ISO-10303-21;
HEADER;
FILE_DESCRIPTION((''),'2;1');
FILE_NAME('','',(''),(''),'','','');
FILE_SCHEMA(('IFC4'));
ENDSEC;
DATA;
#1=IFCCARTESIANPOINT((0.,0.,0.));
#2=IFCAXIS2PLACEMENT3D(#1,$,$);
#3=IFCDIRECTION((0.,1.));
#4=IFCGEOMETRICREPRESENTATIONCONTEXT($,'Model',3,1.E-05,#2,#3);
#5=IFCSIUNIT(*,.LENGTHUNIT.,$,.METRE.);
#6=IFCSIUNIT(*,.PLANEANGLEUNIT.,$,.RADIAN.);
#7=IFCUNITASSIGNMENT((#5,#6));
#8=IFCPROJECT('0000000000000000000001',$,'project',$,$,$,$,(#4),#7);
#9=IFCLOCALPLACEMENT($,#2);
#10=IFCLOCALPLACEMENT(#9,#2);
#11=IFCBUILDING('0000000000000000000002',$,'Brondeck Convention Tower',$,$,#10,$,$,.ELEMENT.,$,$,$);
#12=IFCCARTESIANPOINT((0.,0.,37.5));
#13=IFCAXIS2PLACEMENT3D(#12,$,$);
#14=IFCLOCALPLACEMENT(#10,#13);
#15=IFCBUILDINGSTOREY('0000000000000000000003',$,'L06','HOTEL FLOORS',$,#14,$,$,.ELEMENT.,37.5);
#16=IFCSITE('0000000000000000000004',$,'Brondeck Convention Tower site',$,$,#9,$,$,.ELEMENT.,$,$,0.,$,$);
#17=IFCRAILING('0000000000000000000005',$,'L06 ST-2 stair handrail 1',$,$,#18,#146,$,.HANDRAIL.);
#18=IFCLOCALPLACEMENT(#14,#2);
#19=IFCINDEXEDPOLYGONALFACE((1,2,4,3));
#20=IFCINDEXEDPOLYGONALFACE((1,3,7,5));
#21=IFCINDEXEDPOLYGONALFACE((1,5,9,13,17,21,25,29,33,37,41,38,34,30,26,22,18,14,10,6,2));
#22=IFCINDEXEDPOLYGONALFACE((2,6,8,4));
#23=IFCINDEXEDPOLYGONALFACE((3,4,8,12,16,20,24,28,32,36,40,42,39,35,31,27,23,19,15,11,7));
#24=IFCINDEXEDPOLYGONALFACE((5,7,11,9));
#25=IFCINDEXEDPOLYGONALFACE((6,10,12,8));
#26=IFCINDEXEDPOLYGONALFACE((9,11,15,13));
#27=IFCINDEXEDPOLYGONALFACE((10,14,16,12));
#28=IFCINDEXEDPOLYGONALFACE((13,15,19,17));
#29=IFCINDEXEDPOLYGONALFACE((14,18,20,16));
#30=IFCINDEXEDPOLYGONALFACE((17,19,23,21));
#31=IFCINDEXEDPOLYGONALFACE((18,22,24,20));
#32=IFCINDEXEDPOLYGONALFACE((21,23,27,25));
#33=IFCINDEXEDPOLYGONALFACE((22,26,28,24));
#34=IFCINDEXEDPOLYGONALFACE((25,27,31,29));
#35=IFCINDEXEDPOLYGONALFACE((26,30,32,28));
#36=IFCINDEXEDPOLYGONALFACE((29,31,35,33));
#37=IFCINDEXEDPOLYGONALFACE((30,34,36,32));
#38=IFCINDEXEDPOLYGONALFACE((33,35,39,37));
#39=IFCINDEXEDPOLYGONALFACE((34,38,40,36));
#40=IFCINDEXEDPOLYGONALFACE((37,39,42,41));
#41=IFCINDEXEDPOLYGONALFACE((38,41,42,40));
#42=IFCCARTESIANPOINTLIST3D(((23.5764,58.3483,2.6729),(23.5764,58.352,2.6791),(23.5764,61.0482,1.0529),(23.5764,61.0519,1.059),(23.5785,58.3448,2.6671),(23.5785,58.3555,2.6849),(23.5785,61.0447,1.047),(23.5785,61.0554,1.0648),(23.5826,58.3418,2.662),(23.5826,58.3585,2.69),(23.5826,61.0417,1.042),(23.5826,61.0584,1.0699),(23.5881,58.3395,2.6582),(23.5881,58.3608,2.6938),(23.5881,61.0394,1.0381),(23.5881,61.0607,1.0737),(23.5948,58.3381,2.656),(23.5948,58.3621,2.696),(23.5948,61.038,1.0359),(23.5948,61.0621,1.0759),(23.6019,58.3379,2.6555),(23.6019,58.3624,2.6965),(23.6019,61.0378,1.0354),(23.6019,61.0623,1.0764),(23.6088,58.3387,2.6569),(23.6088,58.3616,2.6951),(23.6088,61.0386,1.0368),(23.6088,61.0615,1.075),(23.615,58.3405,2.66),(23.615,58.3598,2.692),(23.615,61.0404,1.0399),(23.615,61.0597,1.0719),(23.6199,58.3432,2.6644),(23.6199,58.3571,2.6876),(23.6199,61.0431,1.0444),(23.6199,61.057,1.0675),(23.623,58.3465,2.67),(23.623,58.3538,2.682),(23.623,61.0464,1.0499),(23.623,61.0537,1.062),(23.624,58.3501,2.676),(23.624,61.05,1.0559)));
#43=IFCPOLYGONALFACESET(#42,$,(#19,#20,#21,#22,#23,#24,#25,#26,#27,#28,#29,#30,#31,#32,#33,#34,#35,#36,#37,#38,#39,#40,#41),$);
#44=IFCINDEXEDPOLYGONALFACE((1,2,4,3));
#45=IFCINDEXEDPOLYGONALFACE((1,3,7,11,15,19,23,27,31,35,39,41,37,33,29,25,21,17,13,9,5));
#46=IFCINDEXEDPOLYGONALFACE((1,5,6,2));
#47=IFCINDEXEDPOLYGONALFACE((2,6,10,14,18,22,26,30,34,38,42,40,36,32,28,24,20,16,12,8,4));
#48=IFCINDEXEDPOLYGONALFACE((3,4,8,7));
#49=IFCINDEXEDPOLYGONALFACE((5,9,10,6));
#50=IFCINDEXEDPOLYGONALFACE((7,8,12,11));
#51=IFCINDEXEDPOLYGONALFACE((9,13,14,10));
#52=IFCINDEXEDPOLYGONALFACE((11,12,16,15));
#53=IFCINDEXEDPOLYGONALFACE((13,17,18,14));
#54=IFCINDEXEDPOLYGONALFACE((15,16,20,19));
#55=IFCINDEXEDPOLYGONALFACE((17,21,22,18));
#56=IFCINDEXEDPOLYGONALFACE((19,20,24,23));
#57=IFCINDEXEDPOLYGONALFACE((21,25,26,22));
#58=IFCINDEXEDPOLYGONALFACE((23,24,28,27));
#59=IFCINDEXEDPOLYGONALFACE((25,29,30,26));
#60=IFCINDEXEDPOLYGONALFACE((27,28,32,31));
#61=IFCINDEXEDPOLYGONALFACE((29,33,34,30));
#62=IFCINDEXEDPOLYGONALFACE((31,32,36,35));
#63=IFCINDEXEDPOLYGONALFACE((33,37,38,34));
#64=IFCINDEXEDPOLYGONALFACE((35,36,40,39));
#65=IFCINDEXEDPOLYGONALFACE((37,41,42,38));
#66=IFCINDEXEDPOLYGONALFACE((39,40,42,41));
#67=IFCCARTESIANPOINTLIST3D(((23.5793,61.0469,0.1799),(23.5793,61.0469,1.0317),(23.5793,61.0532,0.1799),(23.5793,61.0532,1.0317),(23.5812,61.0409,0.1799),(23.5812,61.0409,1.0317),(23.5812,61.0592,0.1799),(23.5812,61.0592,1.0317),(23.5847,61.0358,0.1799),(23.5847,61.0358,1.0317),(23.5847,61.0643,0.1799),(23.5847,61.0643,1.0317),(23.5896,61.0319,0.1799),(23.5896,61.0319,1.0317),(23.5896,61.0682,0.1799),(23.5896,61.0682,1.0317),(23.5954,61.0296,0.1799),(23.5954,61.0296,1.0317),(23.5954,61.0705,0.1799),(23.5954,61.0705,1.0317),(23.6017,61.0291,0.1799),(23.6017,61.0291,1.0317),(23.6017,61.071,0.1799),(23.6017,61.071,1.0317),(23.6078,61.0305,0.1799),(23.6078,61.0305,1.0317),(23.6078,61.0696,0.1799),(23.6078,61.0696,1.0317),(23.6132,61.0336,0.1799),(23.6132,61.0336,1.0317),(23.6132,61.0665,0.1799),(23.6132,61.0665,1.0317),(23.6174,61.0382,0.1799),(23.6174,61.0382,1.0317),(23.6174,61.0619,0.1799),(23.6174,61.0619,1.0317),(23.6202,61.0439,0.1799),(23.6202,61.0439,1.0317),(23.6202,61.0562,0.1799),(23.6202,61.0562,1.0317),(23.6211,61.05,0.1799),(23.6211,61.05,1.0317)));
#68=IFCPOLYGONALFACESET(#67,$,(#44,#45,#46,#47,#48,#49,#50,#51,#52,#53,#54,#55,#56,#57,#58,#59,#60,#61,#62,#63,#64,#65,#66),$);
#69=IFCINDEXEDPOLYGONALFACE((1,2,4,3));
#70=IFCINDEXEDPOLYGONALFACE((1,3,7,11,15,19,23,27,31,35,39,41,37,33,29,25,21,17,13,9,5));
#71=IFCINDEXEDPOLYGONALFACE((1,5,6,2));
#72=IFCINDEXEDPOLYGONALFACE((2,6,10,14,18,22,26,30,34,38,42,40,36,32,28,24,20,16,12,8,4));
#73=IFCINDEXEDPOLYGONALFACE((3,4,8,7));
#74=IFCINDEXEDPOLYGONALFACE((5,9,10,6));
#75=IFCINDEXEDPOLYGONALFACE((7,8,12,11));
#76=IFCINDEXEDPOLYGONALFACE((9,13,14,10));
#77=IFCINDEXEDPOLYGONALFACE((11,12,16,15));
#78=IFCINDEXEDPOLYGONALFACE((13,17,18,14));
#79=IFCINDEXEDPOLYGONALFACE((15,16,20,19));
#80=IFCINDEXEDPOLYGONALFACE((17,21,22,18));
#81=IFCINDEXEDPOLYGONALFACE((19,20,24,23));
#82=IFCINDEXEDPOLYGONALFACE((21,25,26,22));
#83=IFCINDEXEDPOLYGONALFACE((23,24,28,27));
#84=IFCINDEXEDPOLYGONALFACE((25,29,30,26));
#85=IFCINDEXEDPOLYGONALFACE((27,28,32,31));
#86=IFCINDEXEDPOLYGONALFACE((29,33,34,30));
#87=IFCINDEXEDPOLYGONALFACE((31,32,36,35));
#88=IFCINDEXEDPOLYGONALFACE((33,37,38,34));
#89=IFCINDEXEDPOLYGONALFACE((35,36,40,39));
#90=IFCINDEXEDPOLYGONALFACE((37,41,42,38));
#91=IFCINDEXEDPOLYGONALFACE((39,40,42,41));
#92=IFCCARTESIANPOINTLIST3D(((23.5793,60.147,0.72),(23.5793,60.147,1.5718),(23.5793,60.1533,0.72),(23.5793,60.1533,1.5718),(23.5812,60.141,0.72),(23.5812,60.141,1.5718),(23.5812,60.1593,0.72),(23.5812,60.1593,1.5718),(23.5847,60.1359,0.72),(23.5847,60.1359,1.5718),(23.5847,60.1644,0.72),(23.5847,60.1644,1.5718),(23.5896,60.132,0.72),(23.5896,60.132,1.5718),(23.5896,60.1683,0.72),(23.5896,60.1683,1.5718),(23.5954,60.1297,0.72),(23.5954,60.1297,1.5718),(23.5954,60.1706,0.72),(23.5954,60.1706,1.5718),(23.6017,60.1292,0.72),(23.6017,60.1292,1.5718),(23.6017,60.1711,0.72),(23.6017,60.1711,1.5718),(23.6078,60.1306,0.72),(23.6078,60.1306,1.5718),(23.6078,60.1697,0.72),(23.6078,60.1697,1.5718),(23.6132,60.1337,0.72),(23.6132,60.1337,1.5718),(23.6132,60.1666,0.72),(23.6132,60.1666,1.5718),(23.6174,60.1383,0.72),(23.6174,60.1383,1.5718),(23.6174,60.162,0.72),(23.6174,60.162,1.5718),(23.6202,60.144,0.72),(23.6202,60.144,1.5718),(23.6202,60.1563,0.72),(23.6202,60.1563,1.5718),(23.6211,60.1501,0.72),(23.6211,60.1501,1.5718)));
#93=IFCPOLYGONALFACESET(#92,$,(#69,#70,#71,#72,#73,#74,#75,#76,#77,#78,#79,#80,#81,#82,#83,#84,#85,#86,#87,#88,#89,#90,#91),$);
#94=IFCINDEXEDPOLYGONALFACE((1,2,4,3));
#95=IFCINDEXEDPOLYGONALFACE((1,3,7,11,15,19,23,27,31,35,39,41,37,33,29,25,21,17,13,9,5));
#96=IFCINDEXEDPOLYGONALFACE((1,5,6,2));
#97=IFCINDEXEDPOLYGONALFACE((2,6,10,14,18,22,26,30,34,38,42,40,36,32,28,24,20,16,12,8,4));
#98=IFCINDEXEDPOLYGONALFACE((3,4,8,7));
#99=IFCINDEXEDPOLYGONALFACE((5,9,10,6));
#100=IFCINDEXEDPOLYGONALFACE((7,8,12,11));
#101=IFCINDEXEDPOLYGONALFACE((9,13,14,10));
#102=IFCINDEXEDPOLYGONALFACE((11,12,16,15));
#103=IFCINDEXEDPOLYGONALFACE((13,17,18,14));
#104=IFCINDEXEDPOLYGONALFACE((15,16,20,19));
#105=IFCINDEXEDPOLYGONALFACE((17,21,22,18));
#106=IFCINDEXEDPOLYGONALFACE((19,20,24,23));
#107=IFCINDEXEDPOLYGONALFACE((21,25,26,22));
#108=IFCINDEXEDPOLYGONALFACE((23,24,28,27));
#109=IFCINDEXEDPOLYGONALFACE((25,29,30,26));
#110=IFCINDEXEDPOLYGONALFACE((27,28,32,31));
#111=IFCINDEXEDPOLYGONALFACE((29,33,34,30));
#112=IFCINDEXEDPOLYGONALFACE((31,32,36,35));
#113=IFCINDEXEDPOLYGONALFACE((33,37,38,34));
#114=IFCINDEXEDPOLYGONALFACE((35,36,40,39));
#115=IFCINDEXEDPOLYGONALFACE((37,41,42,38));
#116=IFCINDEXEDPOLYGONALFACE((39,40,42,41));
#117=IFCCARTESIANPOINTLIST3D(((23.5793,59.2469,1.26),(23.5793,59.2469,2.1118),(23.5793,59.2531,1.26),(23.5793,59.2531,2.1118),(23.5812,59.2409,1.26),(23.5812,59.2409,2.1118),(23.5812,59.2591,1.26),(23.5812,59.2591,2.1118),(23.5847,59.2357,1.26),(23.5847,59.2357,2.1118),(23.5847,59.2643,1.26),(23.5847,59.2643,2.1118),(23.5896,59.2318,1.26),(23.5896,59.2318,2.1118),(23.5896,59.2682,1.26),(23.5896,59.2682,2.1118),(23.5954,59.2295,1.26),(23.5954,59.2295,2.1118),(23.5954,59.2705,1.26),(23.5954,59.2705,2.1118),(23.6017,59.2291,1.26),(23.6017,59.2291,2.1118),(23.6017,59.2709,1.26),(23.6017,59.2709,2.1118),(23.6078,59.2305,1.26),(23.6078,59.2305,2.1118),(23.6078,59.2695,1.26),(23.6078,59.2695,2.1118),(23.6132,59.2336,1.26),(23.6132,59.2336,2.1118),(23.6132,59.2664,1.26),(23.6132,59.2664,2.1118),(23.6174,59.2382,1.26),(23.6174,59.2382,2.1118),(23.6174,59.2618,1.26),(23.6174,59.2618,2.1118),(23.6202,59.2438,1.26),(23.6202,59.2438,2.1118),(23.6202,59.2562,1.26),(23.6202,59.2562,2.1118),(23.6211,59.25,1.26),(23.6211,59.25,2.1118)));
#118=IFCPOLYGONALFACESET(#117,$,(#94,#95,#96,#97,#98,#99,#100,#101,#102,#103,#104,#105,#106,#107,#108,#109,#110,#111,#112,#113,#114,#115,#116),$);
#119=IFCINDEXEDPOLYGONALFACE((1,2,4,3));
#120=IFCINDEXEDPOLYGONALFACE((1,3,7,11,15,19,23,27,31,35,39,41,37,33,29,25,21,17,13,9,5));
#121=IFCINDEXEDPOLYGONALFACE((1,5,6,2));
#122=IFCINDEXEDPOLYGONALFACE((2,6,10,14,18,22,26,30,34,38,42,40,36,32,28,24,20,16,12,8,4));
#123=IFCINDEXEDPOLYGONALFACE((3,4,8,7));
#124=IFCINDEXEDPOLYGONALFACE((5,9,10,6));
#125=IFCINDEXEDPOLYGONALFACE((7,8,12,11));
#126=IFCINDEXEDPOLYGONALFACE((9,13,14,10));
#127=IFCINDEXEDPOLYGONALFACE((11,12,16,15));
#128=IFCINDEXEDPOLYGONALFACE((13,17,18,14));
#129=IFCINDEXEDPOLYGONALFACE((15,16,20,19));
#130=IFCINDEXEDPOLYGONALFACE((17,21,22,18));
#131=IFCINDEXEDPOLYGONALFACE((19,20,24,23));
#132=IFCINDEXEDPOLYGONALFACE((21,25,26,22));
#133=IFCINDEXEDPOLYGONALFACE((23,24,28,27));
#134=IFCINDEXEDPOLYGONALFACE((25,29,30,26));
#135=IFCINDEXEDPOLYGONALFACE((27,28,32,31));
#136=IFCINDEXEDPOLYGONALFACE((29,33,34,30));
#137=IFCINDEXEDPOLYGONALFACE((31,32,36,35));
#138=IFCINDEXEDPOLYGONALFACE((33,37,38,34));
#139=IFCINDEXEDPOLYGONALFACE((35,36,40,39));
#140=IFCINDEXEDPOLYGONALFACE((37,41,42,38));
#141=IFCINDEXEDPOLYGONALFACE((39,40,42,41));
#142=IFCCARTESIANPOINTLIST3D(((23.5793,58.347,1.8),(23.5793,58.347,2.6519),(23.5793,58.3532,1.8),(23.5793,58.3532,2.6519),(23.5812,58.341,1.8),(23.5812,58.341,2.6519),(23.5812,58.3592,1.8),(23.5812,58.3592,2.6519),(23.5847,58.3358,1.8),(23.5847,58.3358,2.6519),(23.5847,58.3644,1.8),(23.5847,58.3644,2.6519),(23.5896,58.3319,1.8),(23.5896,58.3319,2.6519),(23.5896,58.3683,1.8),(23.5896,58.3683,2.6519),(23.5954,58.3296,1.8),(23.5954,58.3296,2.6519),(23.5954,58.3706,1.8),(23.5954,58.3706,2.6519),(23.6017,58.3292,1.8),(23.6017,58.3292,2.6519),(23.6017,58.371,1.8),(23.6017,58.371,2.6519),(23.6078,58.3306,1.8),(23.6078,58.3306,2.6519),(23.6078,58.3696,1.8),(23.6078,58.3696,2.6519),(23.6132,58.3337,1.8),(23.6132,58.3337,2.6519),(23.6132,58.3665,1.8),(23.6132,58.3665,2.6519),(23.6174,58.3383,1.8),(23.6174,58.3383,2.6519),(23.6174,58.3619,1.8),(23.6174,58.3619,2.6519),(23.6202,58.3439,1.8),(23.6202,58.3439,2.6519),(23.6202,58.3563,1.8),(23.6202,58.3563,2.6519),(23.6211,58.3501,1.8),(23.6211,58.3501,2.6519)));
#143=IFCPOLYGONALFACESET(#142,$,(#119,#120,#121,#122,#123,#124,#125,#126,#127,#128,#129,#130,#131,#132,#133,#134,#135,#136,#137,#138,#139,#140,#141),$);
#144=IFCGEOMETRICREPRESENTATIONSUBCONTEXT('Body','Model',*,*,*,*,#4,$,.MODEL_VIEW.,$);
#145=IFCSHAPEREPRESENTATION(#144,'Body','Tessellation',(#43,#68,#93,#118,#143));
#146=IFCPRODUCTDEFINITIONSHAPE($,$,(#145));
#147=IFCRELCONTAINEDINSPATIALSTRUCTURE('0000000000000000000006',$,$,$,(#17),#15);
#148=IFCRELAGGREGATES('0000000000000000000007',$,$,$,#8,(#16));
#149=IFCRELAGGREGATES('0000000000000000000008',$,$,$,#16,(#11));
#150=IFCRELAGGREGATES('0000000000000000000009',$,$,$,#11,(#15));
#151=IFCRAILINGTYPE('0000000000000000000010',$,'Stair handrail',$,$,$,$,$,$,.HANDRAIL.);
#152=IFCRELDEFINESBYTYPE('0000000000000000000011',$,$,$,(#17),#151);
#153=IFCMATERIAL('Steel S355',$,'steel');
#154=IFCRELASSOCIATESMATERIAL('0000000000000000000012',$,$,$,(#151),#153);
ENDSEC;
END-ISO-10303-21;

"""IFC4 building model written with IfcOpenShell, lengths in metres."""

from ifc_helpers import new_model, si_unit, direction, frame, origin, origin_2d, place, context, subcontext, project, spatial, circle, extrude, material, type_object, element, save


model = new_model("IFC4")

# Units and contexts
model_context = context("Model", 3, precision=1e-05, world=origin(), true_north=direction((0.0, 1.0)))
body_context = subcontext(model_context, "Body", "Model", "MODEL_VIEW")
ifc_project = project(units=[si_unit("LENGTHUNIT", "METRE"), si_unit("PLANEANGLEUNIT", "RADIAN")], contexts=[model_context])

# Site, building, storey
site_placement = place(None, origin())
site = spatial("IfcSite", under=ifc_project, at=site_placement, Name="Brondeck Convention Tower site", CompositionType="ELEMENT", RefElevation=0.0)
building_placement = place(site_placement, origin())
building = spatial("IfcBuilding", under=site, at=building_placement, Name="Brondeck Convention Tower", CompositionType="ELEMENT")
storey_placement = place(building_placement, frame((0.0, 0.0, 37.5)))
storey = spatial("IfcBuildingStorey", under=building, at=storey_placement, Name="L06", Description="HOTEL FLOORS", CompositionType="ELEMENT", Elevation=37.5)

# Railing
ifc_material_1 = material(Name="Steel S355", Category="steel")
railing_type_1 = type_object("IfcRailingType", Name="Stair handrail", PredefinedType="HANDRAIL", material=ifc_material_1)
railing_1_placement = place(storey_placement, frame((23.6001, 61.05, 0.1799)))
element("IfcRailing", 1, at=railing_1_placement, inside=storey, type_object=railing_type_1, Name="L06 ST-2 stair handrail 1", PredefinedType="HANDRAIL", context=body_context, shape_type="SweptSolid", body=[
    extrude(circle(Radius=0.0239, at=origin_2d()), frame((0.0, 0.0, 0.876), z_axis=(0.0, -0.857472, 0.51453), x_axis=(1.0, 0.0, 0.0)), (0.0, 0.0, 1.0), 3.1487),
    extrude(circle(Radius=0.021, at=origin_2d()), origin(), (0.0, 0.0, 1.0), 0.8518),
    extrude(circle(Radius=0.021, at=origin_2d()), frame((0.0, -0.8999, 0.54)), (0.0, 0.0, 1.0), 0.8518),
    extrude(circle(Radius=0.021, at=origin_2d()), frame((0.0, -1.8, 1.0801)), (0.0, 0.0, 1.0), 0.8518),
    extrude(circle(Radius=0.021, at=origin_2d()), frame((0.0, -2.7, 1.6201)), (0.0, 0.0, 1.0), 0.8518),
])

save(model, "model.ifc")
